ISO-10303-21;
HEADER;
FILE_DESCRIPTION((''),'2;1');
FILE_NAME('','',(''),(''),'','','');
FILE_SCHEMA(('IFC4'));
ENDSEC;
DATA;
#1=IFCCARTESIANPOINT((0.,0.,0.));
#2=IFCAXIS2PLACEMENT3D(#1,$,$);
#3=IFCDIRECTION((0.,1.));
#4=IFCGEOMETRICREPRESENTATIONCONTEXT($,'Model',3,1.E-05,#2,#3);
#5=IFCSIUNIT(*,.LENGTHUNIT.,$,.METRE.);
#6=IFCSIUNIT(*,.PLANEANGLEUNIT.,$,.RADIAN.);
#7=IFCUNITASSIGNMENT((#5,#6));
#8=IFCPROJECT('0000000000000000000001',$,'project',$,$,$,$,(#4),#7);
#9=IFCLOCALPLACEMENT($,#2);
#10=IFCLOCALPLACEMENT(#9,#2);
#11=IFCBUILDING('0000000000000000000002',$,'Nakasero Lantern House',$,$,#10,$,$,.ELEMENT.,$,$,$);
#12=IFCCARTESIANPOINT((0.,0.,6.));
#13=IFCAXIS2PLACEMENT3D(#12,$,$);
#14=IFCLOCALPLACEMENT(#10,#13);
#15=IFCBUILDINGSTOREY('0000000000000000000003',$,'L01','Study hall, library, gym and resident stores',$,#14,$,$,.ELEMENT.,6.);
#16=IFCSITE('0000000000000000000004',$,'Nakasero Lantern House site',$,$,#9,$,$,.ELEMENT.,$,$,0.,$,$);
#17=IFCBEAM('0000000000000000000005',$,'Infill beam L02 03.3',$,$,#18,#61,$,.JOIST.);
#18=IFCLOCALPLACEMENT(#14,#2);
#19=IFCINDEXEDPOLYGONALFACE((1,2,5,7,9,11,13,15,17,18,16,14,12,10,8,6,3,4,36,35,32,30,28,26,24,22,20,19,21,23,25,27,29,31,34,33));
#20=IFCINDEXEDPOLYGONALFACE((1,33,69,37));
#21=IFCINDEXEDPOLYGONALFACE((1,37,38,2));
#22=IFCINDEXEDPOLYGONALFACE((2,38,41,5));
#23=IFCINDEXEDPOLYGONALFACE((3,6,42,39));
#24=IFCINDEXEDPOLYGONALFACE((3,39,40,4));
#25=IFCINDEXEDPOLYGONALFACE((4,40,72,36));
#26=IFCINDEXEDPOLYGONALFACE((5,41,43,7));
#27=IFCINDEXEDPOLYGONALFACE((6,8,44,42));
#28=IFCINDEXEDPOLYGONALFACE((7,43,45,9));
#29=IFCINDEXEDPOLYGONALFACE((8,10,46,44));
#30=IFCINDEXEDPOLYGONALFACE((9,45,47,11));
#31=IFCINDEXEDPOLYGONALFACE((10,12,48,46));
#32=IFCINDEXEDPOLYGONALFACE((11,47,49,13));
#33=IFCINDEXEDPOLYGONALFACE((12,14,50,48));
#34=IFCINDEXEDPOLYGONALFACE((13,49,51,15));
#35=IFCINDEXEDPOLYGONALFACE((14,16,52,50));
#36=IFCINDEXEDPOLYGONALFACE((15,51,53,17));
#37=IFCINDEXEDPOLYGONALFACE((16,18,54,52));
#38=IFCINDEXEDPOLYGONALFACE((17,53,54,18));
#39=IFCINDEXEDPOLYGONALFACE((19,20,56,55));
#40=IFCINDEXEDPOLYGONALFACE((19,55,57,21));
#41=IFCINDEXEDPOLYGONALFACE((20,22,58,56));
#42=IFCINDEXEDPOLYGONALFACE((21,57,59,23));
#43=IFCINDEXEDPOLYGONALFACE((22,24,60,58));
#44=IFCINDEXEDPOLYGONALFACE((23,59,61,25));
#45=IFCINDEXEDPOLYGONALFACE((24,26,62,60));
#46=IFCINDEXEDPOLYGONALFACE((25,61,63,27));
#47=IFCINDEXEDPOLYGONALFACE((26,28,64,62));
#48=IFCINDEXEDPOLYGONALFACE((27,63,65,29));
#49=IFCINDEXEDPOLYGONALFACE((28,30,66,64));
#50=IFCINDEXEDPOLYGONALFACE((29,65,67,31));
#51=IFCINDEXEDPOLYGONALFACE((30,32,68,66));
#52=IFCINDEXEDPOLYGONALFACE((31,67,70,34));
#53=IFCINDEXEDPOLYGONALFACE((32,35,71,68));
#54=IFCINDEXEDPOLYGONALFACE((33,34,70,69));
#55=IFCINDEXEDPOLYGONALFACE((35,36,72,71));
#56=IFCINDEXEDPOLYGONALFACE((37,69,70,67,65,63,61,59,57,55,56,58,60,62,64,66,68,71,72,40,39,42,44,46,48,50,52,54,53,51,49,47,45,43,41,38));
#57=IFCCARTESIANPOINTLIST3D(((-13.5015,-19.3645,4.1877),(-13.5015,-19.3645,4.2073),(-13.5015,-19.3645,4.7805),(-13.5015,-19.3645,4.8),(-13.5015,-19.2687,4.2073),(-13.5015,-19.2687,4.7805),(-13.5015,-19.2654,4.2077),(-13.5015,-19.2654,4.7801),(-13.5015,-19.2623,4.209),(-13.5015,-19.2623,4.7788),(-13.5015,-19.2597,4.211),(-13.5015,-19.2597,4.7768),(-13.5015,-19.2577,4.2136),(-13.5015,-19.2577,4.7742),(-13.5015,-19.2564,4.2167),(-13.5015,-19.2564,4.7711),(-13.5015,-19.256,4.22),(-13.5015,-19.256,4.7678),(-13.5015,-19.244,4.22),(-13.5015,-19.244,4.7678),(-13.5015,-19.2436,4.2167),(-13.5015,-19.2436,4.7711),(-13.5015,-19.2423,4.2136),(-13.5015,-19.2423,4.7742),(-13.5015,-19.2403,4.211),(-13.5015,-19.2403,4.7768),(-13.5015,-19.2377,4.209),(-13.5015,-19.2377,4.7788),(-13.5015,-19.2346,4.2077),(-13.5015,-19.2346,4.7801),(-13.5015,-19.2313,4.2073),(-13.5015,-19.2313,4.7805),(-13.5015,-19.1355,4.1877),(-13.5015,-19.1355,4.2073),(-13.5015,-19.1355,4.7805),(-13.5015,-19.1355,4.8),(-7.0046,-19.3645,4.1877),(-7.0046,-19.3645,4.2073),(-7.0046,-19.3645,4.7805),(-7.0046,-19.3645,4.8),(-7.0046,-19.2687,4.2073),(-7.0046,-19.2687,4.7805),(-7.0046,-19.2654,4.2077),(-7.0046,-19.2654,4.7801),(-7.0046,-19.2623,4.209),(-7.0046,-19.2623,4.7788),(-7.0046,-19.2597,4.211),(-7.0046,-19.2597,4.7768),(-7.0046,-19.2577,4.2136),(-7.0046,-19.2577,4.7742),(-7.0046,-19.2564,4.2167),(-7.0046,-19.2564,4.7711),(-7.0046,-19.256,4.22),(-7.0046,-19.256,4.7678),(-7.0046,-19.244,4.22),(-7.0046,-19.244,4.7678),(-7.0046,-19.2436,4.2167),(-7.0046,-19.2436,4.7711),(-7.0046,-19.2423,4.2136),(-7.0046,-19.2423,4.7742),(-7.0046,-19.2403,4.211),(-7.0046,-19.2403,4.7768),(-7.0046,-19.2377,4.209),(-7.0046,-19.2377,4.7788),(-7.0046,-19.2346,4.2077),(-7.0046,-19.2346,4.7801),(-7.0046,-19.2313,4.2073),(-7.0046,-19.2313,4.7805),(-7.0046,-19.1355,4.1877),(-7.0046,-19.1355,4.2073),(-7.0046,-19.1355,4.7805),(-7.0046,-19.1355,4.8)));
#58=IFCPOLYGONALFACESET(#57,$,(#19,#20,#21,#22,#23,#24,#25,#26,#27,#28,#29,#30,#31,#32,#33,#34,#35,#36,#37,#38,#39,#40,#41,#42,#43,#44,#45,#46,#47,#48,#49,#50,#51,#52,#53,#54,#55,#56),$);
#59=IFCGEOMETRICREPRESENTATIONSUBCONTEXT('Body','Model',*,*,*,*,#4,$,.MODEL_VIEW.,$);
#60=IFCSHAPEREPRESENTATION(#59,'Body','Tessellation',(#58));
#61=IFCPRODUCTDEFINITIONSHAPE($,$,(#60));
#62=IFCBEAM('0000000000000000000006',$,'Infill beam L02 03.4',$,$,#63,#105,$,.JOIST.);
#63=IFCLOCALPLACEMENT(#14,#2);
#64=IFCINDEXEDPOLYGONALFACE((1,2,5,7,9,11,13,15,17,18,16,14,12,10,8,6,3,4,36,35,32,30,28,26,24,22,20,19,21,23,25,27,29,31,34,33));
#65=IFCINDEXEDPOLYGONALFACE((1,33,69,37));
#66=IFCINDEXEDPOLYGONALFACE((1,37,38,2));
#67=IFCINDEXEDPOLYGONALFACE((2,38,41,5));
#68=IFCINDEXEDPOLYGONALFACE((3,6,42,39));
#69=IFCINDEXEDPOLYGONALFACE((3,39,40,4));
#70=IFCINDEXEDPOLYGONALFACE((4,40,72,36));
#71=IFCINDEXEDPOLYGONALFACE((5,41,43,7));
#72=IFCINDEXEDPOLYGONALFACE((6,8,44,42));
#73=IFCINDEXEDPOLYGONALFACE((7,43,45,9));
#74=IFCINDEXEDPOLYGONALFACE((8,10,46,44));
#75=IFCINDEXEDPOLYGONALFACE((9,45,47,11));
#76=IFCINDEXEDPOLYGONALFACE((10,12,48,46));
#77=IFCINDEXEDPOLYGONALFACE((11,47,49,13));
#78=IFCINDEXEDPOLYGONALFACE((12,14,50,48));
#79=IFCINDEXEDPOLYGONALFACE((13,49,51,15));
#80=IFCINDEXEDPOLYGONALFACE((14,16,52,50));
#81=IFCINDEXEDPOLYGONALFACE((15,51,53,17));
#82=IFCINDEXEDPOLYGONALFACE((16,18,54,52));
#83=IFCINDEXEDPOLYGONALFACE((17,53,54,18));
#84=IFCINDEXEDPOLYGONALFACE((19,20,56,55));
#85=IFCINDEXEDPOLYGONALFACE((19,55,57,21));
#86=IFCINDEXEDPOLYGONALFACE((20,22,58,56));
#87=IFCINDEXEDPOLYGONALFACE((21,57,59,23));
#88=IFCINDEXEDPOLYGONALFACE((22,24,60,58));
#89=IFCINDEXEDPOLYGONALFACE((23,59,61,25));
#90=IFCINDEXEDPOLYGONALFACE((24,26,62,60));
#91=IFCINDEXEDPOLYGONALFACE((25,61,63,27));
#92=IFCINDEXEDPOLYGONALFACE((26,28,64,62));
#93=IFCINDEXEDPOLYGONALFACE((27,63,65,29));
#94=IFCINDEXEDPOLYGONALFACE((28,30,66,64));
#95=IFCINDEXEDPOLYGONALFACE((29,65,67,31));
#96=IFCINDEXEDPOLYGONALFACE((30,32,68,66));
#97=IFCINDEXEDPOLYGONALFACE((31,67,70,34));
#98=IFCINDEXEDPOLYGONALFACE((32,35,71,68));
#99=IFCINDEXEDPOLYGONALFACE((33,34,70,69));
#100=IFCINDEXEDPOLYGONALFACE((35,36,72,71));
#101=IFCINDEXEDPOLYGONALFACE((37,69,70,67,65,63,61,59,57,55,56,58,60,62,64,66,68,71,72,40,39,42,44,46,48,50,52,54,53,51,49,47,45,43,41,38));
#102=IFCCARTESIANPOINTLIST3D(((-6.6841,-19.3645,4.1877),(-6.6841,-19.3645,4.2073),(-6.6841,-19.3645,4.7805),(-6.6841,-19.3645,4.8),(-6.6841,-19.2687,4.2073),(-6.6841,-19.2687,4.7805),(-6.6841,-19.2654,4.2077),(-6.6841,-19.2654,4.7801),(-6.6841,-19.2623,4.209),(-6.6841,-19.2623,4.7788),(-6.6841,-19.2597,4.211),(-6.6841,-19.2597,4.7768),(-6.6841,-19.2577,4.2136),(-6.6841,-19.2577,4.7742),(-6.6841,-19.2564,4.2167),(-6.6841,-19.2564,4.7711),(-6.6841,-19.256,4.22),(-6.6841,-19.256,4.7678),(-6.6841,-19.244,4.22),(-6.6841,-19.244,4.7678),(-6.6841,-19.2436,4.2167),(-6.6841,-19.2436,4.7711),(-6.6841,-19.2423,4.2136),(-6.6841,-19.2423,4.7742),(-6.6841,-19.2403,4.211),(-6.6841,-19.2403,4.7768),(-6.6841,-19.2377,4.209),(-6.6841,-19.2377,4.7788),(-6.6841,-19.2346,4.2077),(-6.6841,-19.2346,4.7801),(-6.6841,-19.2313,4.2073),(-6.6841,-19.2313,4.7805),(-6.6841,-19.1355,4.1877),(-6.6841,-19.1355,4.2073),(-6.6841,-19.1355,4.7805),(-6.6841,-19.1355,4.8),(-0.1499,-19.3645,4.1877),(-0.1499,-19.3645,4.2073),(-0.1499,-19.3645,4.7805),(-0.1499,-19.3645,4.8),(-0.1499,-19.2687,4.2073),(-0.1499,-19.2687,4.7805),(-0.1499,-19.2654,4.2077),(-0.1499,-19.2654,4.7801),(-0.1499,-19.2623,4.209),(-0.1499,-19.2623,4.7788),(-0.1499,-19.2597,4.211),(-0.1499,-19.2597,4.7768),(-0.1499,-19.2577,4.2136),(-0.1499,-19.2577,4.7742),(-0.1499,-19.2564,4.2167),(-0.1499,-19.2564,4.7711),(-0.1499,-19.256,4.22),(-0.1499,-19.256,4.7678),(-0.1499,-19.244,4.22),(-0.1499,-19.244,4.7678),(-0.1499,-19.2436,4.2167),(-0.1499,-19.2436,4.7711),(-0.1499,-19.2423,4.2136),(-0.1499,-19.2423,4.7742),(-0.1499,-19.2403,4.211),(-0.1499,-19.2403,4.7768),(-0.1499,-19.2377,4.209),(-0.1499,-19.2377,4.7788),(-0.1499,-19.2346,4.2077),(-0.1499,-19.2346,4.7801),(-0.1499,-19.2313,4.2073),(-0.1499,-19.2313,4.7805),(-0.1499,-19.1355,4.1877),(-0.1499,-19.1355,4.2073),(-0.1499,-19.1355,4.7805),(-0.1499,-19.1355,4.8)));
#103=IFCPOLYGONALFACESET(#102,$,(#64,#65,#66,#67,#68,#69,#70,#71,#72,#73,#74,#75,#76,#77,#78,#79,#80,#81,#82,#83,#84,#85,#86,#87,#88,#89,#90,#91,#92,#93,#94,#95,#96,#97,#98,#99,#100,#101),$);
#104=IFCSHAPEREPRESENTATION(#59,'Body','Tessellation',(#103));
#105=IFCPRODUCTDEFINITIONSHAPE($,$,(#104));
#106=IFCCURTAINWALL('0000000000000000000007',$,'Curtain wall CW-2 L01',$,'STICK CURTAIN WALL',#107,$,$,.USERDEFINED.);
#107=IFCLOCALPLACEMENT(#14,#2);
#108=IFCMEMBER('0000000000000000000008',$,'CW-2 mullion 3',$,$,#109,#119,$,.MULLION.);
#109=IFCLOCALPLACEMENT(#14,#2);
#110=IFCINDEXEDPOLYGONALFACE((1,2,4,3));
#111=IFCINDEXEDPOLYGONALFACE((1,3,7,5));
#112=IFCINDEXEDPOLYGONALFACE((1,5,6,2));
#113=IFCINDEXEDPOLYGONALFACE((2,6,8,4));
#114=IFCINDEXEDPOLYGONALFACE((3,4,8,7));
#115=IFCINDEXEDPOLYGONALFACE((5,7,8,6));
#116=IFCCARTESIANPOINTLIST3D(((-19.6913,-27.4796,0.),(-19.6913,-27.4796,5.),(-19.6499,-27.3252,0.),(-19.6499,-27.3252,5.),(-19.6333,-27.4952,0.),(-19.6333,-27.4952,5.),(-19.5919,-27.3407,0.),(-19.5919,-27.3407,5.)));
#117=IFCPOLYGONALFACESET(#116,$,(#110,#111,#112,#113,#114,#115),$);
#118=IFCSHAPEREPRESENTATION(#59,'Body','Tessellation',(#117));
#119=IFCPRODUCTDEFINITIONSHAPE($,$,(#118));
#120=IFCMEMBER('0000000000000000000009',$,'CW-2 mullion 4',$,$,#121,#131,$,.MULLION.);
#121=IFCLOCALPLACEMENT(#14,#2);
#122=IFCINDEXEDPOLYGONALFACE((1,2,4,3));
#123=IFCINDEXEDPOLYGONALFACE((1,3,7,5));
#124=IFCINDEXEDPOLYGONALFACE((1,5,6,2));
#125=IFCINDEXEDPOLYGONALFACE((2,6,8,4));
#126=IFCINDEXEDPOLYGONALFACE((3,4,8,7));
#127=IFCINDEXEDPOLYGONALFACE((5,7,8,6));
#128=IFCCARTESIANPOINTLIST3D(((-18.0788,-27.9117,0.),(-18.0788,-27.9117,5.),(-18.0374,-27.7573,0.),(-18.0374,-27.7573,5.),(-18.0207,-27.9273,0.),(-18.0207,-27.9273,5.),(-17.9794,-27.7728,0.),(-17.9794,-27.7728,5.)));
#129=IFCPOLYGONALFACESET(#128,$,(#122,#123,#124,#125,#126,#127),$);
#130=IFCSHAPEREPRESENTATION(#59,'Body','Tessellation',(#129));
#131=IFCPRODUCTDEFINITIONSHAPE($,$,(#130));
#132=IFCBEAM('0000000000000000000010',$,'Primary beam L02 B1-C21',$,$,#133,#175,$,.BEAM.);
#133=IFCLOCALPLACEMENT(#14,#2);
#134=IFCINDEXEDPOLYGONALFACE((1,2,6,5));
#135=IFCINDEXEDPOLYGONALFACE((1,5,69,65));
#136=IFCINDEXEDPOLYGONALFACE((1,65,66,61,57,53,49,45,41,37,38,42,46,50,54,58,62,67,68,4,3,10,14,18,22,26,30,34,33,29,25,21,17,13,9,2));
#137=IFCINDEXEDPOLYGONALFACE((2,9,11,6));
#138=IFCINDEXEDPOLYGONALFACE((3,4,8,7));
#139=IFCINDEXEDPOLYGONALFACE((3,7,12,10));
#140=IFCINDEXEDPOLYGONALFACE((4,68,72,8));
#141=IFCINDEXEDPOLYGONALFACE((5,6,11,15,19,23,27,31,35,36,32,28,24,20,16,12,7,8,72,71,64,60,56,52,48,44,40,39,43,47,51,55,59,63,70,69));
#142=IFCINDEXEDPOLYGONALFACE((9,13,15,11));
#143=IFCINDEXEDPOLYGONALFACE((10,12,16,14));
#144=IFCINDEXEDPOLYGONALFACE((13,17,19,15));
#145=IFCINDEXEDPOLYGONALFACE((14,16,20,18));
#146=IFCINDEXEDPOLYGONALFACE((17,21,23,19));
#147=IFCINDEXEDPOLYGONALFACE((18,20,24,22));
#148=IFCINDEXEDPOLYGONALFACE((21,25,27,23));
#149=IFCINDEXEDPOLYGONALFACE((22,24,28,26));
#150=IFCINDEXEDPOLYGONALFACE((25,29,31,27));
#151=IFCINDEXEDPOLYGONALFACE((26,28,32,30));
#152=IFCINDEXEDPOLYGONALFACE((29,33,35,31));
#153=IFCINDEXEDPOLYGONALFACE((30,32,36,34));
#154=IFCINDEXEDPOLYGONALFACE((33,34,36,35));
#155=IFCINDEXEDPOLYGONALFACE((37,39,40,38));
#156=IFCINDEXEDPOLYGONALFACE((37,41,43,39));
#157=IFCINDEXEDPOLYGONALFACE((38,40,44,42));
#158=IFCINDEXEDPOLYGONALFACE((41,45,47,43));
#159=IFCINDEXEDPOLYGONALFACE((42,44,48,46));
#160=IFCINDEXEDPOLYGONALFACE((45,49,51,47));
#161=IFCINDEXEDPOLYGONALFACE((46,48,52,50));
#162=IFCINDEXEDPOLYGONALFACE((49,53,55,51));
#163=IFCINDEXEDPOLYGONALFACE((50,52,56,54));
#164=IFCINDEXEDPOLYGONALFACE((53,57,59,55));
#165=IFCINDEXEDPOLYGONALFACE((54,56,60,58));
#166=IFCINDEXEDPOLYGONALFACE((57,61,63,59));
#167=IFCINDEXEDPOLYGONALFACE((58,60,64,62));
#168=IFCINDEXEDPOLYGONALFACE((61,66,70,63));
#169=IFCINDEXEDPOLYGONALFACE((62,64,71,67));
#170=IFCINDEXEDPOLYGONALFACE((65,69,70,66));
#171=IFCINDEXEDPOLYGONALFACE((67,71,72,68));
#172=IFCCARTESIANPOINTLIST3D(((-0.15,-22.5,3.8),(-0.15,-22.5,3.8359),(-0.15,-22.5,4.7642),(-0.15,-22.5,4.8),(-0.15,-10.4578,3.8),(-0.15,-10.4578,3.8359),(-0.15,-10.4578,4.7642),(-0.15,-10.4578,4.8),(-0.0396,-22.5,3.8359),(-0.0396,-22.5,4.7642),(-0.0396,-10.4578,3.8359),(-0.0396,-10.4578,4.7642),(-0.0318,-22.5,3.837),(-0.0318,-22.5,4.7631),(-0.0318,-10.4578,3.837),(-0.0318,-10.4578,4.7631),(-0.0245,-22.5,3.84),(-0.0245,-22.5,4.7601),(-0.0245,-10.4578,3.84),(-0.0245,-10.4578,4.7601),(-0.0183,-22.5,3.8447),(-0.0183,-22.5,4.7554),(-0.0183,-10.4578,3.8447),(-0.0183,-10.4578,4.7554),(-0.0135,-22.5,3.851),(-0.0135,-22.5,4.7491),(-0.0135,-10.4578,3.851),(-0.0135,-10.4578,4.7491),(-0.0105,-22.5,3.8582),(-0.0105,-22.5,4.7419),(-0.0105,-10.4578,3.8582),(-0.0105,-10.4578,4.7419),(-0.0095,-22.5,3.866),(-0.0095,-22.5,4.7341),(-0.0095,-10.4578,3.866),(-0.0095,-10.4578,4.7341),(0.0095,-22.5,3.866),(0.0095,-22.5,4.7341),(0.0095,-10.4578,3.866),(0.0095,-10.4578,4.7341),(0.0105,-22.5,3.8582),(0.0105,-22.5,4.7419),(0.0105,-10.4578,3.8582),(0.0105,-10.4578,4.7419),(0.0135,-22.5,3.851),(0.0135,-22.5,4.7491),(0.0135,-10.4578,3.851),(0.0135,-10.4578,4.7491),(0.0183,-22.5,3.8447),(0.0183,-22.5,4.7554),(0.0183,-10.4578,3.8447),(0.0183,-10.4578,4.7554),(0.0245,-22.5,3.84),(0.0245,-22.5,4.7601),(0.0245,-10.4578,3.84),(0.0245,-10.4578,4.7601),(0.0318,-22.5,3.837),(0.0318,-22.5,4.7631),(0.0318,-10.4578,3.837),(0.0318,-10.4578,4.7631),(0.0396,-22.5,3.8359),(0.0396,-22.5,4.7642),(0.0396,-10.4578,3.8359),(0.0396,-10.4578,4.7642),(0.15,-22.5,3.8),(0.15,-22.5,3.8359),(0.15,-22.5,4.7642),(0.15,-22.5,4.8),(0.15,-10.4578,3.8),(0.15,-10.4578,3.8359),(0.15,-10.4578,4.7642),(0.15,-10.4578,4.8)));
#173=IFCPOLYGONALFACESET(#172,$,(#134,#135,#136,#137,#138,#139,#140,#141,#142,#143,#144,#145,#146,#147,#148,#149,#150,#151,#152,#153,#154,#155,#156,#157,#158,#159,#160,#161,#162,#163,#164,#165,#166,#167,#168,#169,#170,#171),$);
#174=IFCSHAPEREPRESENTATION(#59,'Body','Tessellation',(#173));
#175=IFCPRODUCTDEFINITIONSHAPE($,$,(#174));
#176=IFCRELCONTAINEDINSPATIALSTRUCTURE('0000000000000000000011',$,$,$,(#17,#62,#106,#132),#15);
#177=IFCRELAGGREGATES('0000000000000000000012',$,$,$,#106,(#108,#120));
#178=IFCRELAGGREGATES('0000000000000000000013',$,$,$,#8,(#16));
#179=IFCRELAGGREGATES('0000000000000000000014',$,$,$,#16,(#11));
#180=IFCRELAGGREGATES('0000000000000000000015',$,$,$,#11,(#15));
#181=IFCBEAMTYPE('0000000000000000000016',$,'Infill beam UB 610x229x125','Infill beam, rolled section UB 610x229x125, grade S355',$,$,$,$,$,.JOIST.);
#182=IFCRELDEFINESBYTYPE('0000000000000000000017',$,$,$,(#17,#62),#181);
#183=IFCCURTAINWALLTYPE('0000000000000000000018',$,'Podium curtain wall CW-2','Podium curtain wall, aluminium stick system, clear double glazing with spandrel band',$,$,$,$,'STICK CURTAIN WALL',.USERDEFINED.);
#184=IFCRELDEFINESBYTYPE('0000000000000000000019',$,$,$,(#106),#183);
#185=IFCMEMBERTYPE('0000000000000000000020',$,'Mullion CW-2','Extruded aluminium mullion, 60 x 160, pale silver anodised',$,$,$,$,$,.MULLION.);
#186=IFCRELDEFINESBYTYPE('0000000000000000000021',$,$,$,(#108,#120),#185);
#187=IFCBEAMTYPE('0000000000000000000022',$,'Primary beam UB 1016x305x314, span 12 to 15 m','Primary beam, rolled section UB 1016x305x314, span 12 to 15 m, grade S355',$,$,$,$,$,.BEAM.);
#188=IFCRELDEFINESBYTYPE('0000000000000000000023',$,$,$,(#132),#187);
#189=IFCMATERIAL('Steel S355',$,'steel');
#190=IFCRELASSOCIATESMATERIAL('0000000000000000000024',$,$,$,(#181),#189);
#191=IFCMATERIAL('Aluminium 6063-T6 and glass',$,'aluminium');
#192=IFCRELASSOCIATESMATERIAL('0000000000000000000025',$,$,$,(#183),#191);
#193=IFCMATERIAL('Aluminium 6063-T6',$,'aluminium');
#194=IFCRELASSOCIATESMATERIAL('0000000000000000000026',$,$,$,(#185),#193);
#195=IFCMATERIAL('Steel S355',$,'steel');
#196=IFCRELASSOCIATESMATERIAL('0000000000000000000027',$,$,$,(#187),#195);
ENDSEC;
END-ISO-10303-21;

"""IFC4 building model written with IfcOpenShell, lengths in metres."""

from ifc_helpers import new_model, si_unit, direction, frame, origin, origin_2d, place, context, subcontext, project, spatial, rectangle, i_section, extrude, material, material_profile, profile_set, type_object, element, aggregate, save


model = new_model("IFC4")

# Units and contexts
model_context = context("Model", 3, precision=1e-05, world=origin(), true_north=direction((0.0, 1.0)))
body_context = subcontext(model_context, "Body", "Model", "MODEL_VIEW")
ifc_project = project(units=[si_unit("LENGTHUNIT", "METRE"), si_unit("PLANEANGLEUNIT", "RADIAN")], contexts=[model_context])

# Site, building, storey
site_placement = place(None, origin())
site = spatial("IfcSite", under=ifc_project, at=site_placement, Name="Nakasero Lantern House site", CompositionType="ELEMENT", RefElevation=0.0)
building_placement = place(site_placement, origin())
building = spatial("IfcBuilding", under=site, at=building_placement, Name="Nakasero Lantern House", CompositionType="ELEMENT")
storey_placement = place(building_placement, frame((0.0, 0.0, 6.0)))
storey = spatial("IfcBuildingStorey", under=building, at=storey_placement, Name="L01", Description="Study hall, library, gym and resident stores", CompositionType="ELEMENT", Elevation=6.0)

# Beams
ifc_material_1 = material(Name="Steel S355", Category="steel")
ifc_material_profile_1 = material_profile(ifc_material_1, i_section(OverallWidth=0.229, OverallDepth=0.6123, WebThickness=0.012, FlangeThickness=0.0195, FilletRadius=0.0127, at=origin_2d()), Name="UB 610x229x125")
ifc_profile_set_1 = profile_set([ifc_material_profile_1], Name="Steel S355")
beam_type_1 = type_object("IfcBeamType", Name="Infill beam UB 610x229x125", Description="Infill beam, rolled section UB 610x229x125, grade S355", PredefinedType="JOIST", material=ifc_profile_set_1)
beam_1_placement = place(storey_placement, frame((-13.5015, -19.25, 4.4939), z_axis=(1.0, 0.0, 0.0), x_axis=(0.0, 1.0, 0.0)))
element("IfcBeam", 1, at=beam_1_placement, inside=storey, type_object=beam_type_1, Name="Infill beam L02 03.3", PredefinedType="JOIST", context=body_context, shape_type="SweptSolid", body=[
    extrude(i_section(OverallWidth=0.229, OverallDepth=0.6123, WebThickness=0.012, FlangeThickness=0.0195, FilletRadius=0.0127, at=origin_2d()), origin(), (0.0, 0.0, 1.0), 6.4968),
])
beam_2_placement = place(storey_placement, frame((-6.6841, -19.25, 4.4939), z_axis=(1.0, 0.0, 0.0), x_axis=(0.0, 1.0, 0.0)))
element("IfcBeam", 2, at=beam_2_placement, inside=storey, type_object=beam_type_1, Name="Infill beam L02 03.4", PredefinedType="JOIST", context=body_context, shape_type="SweptSolid", body=[
    extrude(i_section(OverallWidth=0.229, OverallDepth=0.6123, WebThickness=0.012, FlangeThickness=0.0195, FilletRadius=0.0127, at=origin_2d()), origin(), (0.0, 0.0, 1.0), 6.5342),
])

# Curtain wall, members
ifc_material_2 = material(Name="Aluminium 6063-T6 and glass", Category="aluminium")
curtain_wall_type = type_object("IfcCurtainWallType", Name="Podium curtain wall CW-2", Description="Podium curtain wall, aluminium stick system, clear double glazing with spandrel band", ElementType="STICK CURTAIN WALL", PredefinedType="USERDEFINED", material=ifc_material_2)
curtain_wall_1_placement = place(storey_placement, origin())
curtain_wall_1 = element("IfcCurtainWall", 3, at=curtain_wall_1_placement, inside=storey, type_object=curtain_wall_type, Name="Curtain wall CW-2 L01", ObjectType="STICK CURTAIN WALL", PredefinedType="USERDEFINED")
ifc_material_3 = material(Name="Aluminium 6063-T6", Category="aluminium")
ifc_material_profile_2 = material_profile(ifc_material_3, rectangle(XDim=0.0601, YDim=0.1599, at=origin_2d()), Name="CW-2 mullion 60x160")
ifc_profile_set_2 = profile_set([ifc_material_profile_2], Name="Aluminium 6063-T6")
member_type_1 = type_object("IfcMemberType", Name="Mullion CW-2", Description="Extruded aluminium mullion, 60 x 160, pale silver anodised", PredefinedType="MULLION", material=ifc_profile_set_2)
member_1_placement = place(storey_placement, frame((-19.6416, -27.4102, 0.0), z_axis=(0.0, 0.0, 1.0), x_axis=(0.965926, -0.258819, 0.0)))
member_1 = element("IfcMember", 4, at=member_1_placement, type_object=member_type_1, Name="CW-2 mullion 3", PredefinedType="MULLION", context=body_context, shape_type="SweptSolid", body=[
    extrude(rectangle(XDim=0.0601, YDim=0.1599, at=origin_2d()), origin(), (0.0, 0.0, 1.0), 5.0),
])
member_2_placement = place(storey_placement, frame((-18.0291, -27.8423, 0.0), z_axis=(0.0, 0.0, 1.0), x_axis=(0.965926, -0.258819, 0.0)))
member_2 = element("IfcMember", 5, at=member_2_placement, type_object=member_type_1, Name="CW-2 mullion 4", PredefinedType="MULLION", context=body_context, shape_type="SweptSolid", body=[
    extrude(rectangle(XDim=0.0601, YDim=0.1599, at=origin_2d()), origin(), (0.0, 0.0, 1.0), 5.0),
])

# Beam
ifc_material_4 = material(Name="Steel S355", Category="steel")
ifc_material_profile_3 = material_profile(ifc_material_4, i_section(OverallWidth=0.3, OverallDepth=1.0, WebThickness=0.019, FlangeThickness=0.0359, FilletRadius=0.03, at=origin_2d()), Name="UB 1016x305x314")
ifc_profile_set_3 = profile_set([ifc_material_profile_3], Name="Steel S355")
beam_type_2 = type_object("IfcBeamType", Name="Primary beam UB 1016x305x314, span 12 to 15 m", Description="Primary beam, rolled section UB 1016x305x314, span 12 to 15 m, grade S355", PredefinedType="BEAM", material=ifc_profile_set_3)
beam_3_placement = place(storey_placement, frame((0.0, -22.5, 4.3), z_axis=(0.0, 1.0, 0.0), x_axis=(-1.0, 0.0, 0.0)))
element("IfcBeam", 6, at=beam_3_placement, inside=storey, type_object=beam_type_2, Name="Primary beam L02 B1-C21", PredefinedType="BEAM", context=body_context, shape_type="SweptSolid", body=[
    extrude(i_section(OverallWidth=0.3, OverallDepth=1.0, WebThickness=0.019, FlangeThickness=0.0359, FilletRadius=0.03, at=origin_2d()), origin(), (0.0, 0.0, 1.0), 12.0422),
])

aggregate(curtain_wall_1, [member_1, member_2])

save(model, "model.ifc")
